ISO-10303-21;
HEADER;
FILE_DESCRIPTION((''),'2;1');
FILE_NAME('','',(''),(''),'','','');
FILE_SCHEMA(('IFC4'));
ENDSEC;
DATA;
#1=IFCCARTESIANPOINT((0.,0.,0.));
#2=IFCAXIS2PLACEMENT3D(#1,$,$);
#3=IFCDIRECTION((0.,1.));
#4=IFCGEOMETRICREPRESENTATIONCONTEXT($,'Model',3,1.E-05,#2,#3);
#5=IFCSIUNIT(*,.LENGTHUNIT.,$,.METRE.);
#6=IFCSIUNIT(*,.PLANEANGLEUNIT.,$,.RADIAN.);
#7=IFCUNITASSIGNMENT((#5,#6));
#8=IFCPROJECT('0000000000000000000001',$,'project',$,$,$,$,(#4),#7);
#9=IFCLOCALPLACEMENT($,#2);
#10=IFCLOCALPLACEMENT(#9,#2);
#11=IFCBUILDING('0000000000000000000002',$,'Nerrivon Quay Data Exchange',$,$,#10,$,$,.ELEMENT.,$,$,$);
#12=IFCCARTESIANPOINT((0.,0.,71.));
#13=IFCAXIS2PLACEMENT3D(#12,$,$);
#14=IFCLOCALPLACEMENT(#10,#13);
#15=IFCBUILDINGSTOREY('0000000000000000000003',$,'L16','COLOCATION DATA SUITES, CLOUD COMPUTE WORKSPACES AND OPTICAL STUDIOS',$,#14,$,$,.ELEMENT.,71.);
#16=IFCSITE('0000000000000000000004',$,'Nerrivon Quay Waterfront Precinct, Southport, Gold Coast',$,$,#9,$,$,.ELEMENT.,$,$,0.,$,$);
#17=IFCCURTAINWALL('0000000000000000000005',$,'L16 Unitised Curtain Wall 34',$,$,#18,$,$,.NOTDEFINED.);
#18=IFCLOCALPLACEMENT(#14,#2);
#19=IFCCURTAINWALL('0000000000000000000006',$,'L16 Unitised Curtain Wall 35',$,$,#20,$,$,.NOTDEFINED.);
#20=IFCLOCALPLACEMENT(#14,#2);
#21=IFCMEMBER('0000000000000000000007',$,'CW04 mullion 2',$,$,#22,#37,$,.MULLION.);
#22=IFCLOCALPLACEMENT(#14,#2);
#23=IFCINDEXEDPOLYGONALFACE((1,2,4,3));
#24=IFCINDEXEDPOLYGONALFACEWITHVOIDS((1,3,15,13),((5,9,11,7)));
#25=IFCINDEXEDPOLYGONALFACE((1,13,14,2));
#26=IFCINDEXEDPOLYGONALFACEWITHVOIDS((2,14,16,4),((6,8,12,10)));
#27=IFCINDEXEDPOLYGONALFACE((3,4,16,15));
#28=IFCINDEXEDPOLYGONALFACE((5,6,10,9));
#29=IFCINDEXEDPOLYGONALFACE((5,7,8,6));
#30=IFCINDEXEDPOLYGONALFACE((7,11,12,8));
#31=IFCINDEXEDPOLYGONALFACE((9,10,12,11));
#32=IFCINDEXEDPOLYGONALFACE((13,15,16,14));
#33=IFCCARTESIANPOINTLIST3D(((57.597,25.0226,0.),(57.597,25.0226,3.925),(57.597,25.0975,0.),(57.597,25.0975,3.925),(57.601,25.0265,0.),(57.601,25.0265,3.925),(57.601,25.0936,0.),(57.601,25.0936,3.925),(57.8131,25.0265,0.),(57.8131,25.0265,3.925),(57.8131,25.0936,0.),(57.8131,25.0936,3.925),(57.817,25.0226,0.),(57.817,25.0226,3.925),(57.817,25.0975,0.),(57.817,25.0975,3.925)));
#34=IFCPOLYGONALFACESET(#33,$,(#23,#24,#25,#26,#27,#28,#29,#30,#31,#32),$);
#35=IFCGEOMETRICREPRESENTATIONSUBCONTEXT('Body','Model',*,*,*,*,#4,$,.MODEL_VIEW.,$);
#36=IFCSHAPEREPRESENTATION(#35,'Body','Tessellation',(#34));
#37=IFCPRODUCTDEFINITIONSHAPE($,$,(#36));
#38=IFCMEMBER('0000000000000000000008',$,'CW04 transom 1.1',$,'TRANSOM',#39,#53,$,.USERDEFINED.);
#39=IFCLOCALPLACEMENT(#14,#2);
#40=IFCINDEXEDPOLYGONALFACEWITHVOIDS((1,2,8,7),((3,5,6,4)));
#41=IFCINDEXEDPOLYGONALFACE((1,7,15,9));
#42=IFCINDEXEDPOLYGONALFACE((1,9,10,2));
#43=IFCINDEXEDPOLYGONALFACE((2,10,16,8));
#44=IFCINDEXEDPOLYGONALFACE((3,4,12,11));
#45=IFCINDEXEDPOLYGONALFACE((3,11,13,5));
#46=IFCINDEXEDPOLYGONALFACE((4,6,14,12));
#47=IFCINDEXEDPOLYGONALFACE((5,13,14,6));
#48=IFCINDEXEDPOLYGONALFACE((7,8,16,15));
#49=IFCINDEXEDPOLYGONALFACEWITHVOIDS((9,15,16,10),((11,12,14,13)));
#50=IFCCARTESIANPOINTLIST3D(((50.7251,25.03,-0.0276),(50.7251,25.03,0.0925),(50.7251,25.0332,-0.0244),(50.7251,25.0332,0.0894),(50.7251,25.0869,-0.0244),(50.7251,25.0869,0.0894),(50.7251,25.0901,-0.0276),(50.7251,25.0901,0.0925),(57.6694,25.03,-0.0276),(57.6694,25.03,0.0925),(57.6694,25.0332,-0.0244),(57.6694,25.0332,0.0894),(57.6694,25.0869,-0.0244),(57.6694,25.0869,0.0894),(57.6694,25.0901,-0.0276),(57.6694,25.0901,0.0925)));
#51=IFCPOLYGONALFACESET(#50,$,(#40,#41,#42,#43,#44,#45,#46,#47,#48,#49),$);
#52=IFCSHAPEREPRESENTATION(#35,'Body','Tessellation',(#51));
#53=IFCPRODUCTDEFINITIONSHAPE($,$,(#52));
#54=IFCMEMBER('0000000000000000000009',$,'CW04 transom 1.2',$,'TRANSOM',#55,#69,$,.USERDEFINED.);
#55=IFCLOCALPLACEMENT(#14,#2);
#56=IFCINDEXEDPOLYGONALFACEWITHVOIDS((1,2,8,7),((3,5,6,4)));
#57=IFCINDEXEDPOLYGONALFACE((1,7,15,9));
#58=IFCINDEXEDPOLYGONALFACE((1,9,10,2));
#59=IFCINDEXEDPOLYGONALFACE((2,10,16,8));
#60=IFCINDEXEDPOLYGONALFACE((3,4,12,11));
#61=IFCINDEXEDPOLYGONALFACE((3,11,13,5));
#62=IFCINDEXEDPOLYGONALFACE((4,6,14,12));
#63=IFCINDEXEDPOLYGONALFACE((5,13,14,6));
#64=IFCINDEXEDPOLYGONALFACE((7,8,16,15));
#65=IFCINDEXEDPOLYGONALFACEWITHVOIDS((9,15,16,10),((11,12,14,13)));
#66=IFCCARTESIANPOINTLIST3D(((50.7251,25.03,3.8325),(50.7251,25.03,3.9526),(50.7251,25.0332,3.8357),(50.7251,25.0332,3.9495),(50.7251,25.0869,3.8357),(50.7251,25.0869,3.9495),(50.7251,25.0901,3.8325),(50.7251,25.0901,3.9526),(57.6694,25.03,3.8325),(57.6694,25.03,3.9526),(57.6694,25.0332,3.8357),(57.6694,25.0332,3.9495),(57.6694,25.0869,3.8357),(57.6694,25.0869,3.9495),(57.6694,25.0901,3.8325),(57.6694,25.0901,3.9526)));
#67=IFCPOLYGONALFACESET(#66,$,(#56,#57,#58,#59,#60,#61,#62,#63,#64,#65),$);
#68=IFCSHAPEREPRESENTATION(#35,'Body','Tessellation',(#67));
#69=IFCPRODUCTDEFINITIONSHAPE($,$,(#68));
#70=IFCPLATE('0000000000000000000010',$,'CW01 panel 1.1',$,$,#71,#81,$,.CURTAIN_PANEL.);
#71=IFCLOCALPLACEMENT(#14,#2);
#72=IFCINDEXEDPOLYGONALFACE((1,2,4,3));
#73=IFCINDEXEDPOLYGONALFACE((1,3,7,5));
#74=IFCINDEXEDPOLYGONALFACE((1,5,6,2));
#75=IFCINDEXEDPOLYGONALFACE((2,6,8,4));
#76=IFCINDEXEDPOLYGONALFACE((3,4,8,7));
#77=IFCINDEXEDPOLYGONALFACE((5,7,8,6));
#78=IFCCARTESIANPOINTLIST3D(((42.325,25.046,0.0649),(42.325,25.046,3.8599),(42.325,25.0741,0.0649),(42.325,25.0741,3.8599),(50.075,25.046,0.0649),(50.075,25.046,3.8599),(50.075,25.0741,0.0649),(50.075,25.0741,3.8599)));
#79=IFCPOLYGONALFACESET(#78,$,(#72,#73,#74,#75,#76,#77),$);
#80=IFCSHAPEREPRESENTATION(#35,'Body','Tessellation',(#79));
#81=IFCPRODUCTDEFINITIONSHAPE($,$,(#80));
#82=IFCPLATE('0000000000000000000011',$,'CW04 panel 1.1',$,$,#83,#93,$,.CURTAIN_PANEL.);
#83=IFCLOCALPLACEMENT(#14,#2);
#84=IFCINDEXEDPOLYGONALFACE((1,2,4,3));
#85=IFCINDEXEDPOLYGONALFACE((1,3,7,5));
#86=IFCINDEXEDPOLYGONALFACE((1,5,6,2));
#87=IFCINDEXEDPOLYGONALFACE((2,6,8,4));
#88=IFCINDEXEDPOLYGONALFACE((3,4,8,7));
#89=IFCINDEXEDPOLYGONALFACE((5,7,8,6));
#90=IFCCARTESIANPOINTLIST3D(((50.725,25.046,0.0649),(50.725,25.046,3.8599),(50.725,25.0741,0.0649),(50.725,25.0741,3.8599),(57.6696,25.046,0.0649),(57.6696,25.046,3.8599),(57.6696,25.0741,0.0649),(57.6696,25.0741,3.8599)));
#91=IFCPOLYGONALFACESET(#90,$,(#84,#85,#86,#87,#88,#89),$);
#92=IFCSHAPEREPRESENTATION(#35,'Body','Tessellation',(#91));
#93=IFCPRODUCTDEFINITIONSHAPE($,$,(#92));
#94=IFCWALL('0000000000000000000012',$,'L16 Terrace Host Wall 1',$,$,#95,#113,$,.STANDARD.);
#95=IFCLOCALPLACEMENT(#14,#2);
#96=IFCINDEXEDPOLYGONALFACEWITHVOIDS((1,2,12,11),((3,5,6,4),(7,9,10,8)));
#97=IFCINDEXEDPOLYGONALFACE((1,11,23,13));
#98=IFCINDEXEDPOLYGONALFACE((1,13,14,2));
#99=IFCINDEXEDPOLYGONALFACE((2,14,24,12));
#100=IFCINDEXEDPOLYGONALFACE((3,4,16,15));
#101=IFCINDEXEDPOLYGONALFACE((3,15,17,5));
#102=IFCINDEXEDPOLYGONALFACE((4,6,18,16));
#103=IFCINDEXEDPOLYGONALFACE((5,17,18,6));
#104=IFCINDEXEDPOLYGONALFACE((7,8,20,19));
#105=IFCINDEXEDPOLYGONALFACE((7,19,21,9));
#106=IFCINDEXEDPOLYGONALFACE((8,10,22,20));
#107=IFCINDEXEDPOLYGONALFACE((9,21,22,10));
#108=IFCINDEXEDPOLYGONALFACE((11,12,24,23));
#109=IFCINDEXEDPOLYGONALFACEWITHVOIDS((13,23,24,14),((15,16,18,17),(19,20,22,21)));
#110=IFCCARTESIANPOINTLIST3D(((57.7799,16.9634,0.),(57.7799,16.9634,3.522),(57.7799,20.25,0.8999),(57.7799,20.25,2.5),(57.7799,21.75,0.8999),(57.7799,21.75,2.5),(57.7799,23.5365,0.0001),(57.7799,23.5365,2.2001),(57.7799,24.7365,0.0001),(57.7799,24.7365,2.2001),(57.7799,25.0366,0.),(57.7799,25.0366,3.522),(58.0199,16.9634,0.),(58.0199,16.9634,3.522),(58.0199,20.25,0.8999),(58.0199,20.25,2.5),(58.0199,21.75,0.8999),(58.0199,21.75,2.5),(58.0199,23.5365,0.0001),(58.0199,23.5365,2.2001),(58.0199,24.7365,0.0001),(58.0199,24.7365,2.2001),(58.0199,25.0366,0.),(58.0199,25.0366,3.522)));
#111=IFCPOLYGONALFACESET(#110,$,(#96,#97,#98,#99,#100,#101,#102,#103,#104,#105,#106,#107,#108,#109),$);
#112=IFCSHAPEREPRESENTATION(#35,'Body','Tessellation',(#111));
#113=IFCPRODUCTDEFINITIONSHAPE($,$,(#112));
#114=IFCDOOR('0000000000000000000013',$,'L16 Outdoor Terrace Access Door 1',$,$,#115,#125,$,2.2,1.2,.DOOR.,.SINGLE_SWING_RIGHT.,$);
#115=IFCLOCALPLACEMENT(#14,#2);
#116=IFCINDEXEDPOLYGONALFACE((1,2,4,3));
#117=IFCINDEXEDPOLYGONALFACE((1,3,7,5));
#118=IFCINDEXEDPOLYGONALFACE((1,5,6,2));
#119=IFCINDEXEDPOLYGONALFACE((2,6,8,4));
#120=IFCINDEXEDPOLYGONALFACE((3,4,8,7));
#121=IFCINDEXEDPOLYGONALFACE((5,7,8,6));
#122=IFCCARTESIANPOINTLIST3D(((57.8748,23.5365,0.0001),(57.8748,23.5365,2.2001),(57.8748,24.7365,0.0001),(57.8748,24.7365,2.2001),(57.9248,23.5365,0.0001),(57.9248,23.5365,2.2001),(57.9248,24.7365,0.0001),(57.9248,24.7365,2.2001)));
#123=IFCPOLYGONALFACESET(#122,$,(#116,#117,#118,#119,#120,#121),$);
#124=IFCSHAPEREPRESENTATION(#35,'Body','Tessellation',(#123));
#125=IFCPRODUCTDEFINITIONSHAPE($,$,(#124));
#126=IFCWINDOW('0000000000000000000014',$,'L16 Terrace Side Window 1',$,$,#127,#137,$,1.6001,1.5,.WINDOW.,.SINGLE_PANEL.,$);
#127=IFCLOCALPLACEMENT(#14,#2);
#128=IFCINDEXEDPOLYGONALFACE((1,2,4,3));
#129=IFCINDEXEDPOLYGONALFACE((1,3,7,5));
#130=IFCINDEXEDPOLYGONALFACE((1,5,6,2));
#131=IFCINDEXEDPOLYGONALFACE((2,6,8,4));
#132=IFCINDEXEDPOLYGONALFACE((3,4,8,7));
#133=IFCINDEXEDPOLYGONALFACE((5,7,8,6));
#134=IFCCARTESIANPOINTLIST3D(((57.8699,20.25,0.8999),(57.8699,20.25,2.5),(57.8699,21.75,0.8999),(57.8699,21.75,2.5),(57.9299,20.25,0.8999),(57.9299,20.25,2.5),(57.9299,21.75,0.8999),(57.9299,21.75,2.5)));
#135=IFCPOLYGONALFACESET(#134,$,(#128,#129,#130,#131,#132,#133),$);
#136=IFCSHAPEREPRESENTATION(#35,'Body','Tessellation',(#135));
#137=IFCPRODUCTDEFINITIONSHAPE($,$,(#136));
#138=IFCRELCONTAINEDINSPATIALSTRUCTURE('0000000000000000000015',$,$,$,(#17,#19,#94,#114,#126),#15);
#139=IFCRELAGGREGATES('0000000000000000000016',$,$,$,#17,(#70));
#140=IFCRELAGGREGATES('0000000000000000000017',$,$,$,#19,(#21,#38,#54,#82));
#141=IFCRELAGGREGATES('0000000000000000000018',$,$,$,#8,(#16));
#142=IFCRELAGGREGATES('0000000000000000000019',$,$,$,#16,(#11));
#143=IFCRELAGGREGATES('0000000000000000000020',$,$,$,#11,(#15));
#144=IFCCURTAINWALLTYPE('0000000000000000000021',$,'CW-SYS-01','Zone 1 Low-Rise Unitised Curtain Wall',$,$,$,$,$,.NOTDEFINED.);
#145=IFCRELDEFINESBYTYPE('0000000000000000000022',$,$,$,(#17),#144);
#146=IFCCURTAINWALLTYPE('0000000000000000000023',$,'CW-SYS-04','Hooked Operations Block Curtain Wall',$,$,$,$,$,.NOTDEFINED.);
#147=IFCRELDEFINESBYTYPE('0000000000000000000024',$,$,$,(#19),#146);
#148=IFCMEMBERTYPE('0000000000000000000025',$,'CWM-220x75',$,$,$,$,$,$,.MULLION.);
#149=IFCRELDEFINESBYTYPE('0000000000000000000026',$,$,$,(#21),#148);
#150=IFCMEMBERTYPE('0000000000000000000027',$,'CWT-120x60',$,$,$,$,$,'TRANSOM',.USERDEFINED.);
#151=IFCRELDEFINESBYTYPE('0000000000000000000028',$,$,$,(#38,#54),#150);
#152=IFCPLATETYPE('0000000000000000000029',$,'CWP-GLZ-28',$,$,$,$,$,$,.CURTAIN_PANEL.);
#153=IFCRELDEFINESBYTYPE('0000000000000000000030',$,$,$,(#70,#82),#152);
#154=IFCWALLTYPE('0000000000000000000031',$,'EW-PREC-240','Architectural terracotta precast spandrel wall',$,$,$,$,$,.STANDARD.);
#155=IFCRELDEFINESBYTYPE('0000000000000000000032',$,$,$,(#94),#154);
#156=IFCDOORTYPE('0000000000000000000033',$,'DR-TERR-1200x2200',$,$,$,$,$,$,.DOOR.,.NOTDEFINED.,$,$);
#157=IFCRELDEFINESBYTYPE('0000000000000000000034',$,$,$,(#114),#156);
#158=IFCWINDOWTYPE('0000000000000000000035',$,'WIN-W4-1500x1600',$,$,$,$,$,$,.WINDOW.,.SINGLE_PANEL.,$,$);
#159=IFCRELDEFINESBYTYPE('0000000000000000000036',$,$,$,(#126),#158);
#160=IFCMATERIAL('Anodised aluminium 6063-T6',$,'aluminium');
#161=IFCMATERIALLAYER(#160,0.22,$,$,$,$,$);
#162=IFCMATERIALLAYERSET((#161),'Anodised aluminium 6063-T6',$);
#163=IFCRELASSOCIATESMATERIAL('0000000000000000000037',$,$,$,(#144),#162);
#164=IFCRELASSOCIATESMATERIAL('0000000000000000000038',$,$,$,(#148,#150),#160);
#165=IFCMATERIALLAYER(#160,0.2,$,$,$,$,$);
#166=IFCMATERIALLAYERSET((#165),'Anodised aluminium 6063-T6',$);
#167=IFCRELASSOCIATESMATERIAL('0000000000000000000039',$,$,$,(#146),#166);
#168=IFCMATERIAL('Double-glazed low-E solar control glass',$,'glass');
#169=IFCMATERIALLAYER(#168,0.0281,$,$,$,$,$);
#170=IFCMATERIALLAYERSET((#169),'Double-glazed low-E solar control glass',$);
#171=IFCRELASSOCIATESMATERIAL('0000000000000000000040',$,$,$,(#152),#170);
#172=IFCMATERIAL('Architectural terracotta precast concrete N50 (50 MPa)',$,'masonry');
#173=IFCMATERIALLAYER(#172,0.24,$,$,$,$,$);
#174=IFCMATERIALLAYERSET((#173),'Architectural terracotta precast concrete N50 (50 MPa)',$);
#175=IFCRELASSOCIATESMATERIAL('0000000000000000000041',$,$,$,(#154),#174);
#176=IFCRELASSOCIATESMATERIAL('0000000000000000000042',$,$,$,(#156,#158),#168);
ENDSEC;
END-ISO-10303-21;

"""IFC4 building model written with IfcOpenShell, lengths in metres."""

from ifc_helpers import new_model, si_unit, direction, frame, frame_2d, origin, origin_2d, place, context, subcontext, project, spatial, rectangle, hollow_rectangle, extrude, material, layer, layer_set, material_profile, profile_set, type_object, element, fill, aggregate, save


model = new_model("IFC4")

# Units and contexts
model_context = context("Model", 3, precision=1e-05, world=origin(), true_north=direction((0.0, 1.0)))
body_context = subcontext(model_context, "Body", "Model", "MODEL_VIEW")
ifc_project = project(units=[si_unit("LENGTHUNIT", "METRE"), si_unit("PLANEANGLEUNIT", "RADIAN")], contexts=[model_context])

# Site, building, storey
site_placement = place(None, origin())
site = spatial("IfcSite", under=ifc_project, at=site_placement, Name="Nerrivon Quay Waterfront Precinct, Southport, Gold Coast", CompositionType="ELEMENT", RefElevation=0.0)
building_placement = place(site_placement, origin())
building = spatial("IfcBuilding", under=site, at=building_placement, Name="Nerrivon Quay Data Exchange", CompositionType="ELEMENT")
storey_placement = place(building_placement, frame((0.0, 0.0, 71.0)))
storey = spatial("IfcBuildingStorey", under=building, at=storey_placement, Name="L16", Description="COLOCATION DATA SUITES, CLOUD COMPUTE WORKSPACES AND OPTICAL STUDIOS", CompositionType="ELEMENT", Elevation=71.0)

# Curtain wall
ifc_material_1 = material(Name="Anodised aluminium 6063-T6", Category="aluminium")
ifc_layer_1 = layer(ifc_material_1, 0.22)
ifc_layer_set_1 = layer_set([ifc_layer_1], Name="Anodised aluminium 6063-T6")
curtain_wall_type_1 = type_object("IfcCurtainWallType", Name="CW-SYS-01", Description="Zone 1 Low-Rise Unitised Curtain Wall", PredefinedType="NOTDEFINED", material=ifc_layer_set_1)
curtain_wall_1_placement = place(storey_placement, origin())
curtain_wall_1 = element("IfcCurtainWall", 1, at=curtain_wall_1_placement, inside=storey, type_object=curtain_wall_type_1, Name="L16 Unitised Curtain Wall 34", PredefinedType="NOTDEFINED")
ifc_material_profile_1 = material_profile(ifc_material_1, hollow_rectangle(XDim=0.075, YDim=0.22, WallThickness=0.0039, at=origin_2d()), Name="ALU-MULL-220x75")
ifc_profile_set_1 = profile_set([ifc_material_profile_1], Name="Anodised aluminium 6063-T6")
member_type_1 = type_object("IfcMemberType", Name="CWM-220x75", PredefinedType="MULLION", material=ifc_profile_set_1)

# Curtain wall, members
ifc_layer_2 = layer(ifc_material_1, 0.2)
ifc_layer_set_2 = layer_set([ifc_layer_2], Name="Anodised aluminium 6063-T6")
curtain_wall_type_2 = type_object("IfcCurtainWallType", Name="CW-SYS-04", Description="Hooked Operations Block Curtain Wall", PredefinedType="NOTDEFINED", material=ifc_layer_set_2)
curtain_wall_2_placement = place(storey_placement, origin())
curtain_wall_2 = element("IfcCurtainWall", 2, at=curtain_wall_2_placement, inside=storey, type_object=curtain_wall_type_2, Name="L16 Unitised Curtain Wall 35", PredefinedType="NOTDEFINED")
member_1_placement = place(storey_placement, frame((57.707, 25.0601, 0.0), z_axis=(0.0, 0.0, 1.0), x_axis=(0.0, 1.0, 0.0)))
member_1 = element("IfcMember", 3, at=member_1_placement, type_object=member_type_1, Name="CW04 mullion 2", PredefinedType="MULLION", context=body_context, shape_type="SweptSolid", body=[
    extrude(hollow_rectangle(XDim=0.075, YDim=0.22, WallThickness=0.0039, at=origin_2d()), origin(), (0.0, 0.0, 1.0), 3.925),
])
ifc_material_profile_2 = material_profile(ifc_material_1, hollow_rectangle(XDim=0.0601, YDim=0.1201, WallThickness=0.0032, at=origin_2d()), Name="ALU-TRAN-120x60")
ifc_profile_set_2 = profile_set([ifc_material_profile_2], Name="Anodised aluminium 6063-T6")
member_type_2 = type_object("IfcMemberType", Name="CWT-120x60", ElementType="TRANSOM", PredefinedType="USERDEFINED", material=ifc_profile_set_2)
member_2_placement = place(storey_placement, frame((50.7251, 25.0601, 0.0325), z_axis=(1.0, 0.0, 0.0), x_axis=(0.0, 1.0, 0.0)))
member_2 = element("IfcMember", 4, at=member_2_placement, type_object=member_type_2, Name="CW04 transom 1.1", ObjectType="TRANSOM", PredefinedType="USERDEFINED", context=body_context, shape_type="SweptSolid", body=[
    extrude(hollow_rectangle(XDim=0.0601, YDim=0.1201, WallThickness=0.0032, at=origin_2d()), origin(), (0.0, 0.0, 1.0), 6.9443),
])
member_3_placement = place(storey_placement, frame((50.7251, 25.0601, 3.8926), z_axis=(1.0, 0.0, 0.0), x_axis=(0.0, 1.0, 0.0)))
member_3 = element("IfcMember", 5, at=member_3_placement, type_object=member_type_2, Name="CW04 transom 1.2", ObjectType="TRANSOM", PredefinedType="USERDEFINED", context=body_context, shape_type="SweptSolid", body=[
    extrude(hollow_rectangle(XDim=0.0601, YDim=0.1201, WallThickness=0.0032, at=origin_2d()), origin(), (0.0, 0.0, 1.0), 6.9443),
])

# Plates
ifc_material_2 = material(Name="Double-glazed low-E solar control glass", Category="glass")
ifc_layer_3 = layer(ifc_material_2, 0.0281)
ifc_layer_set_3 = layer_set([ifc_layer_3], Name="Double-glazed low-E solar control glass")
plate_type = type_object("IfcPlateType", Name="CWP-GLZ-28", PredefinedType="CURTAIN_PANEL", material=ifc_layer_set_3)
plate_1_placement = place(storey_placement, frame((46.2, 25.0601, 0.0649), z_axis=(0.0, 0.0, 1.0), x_axis=(1.0, 0.0, 0.0)))
plate_1 = element("IfcPlate", 6, at=plate_1_placement, type_object=plate_type, Name="CW01 panel 1.1", PredefinedType="CURTAIN_PANEL", context=body_context, shape_type="SweptSolid", body=[
    extrude(rectangle(XDim=7.75, YDim=0.0281, at=origin_2d()), origin(), (0.0, 0.0, 1.0), 3.7949),
])
aggregate(curtain_wall_1, [plate_1])
plate_2_placement = place(storey_placement, frame((54.1973, 25.0601, 0.0649), z_axis=(0.0, 0.0, 1.0), x_axis=(1.0, 0.0, 0.0)))
plate_2 = element("IfcPlate", 7, at=plate_2_placement, type_object=plate_type, Name="CW04 panel 1.1", PredefinedType="CURTAIN_PANEL", context=body_context, shape_type="SweptSolid", body=[
    extrude(rectangle(XDim=6.9446, YDim=0.0281, at=origin_2d()), origin(), (0.0, 0.0, 1.0), 3.7949),
])
aggregate(curtain_wall_2, [member_1, member_2, member_3, plate_2])

# Wall, openings, door, window
ifc_material_3 = material(Name="Architectural terracotta precast concrete N50 (50 MPa)", Category="masonry")
ifc_layer_4 = layer(ifc_material_3, 0.24)
ifc_layer_set_4 = layer_set([ifc_layer_4], Name="Architectural terracotta precast concrete N50 (50 MPa)")
wall_type_1 = type_object("IfcWallType", Name="EW-PREC-240", Description="Architectural terracotta precast spandrel wall", PredefinedType="STANDARD", material=ifc_layer_set_4)
wall_1_placement = place(storey_placement, frame((57.8999, 25.0366, 0.0), z_axis=(0.0, 0.0, 1.0), x_axis=(0.0, -1.0, 0.0)))
wall_1 = element("IfcWall", 8, at=wall_1_placement, inside=storey, type_object=wall_type_1, Name="L16 Terrace Host Wall 1", PredefinedType="STANDARD", context=body_context, shape_type="SweptSolid", body=[
    extrude(rectangle(XDim=8.0732, YDim=0.24, at=frame_2d((4.0366, 0.0))), origin(), (0.0, 0.0, 1.0), 3.522),
])
opening_1_placement = place(wall_1_placement, frame((0.3, 0.0, 0.0)))
opening_1 = element("IfcOpeningElement", 9, at=opening_1_placement, cuts=wall_1, PredefinedType="OPENING", context=body_context, shape_type="SweptSolid", body=[
    extrude(rectangle(XDim=1.2, YDim=2.2, at=frame_2d((0.6001, 1.1001))), frame((0.0, 0.1299, 0.0), z_axis=(0.0, -1.0, 0.0), x_axis=(1.0, 0.0, 0.0)), (0.0, 0.0, 1.0), 0.26),
])
opening_2_placement = place(wall_1_placement, frame((3.2866, 0.0, 0.8999)))
opening_2 = element("IfcOpeningElement", 10, at=opening_2_placement, cuts=wall_1, PredefinedType="OPENING", context=body_context, shape_type="SweptSolid", body=[
    extrude(rectangle(XDim=1.5, YDim=1.6001, at=frame_2d((0.75, 0.8))), frame((0.0, 0.1299, 0.0), z_axis=(0.0, -1.0, 0.0), x_axis=(1.0, 0.0, 0.0)), (0.0, 0.0, 1.0), 0.26),
])
door_type = type_object("IfcDoorType", Name="DR-TERR-1200x2200", OperationType="NOTDEFINED", PredefinedType="DOOR", material=ifc_material_2)
door_1_placement = place(opening_1_placement, origin())
door_1 = element("IfcDoor", 11, at=door_1_placement, inside=storey, type_object=door_type, Name="L16 Outdoor Terrace Access Door 1", OperationType="SINGLE_SWING_RIGHT", OverallHeight=2.2, OverallWidth=1.2, PredefinedType="DOOR", context=body_context, shape_type="SweptSolid", body=[
    extrude(rectangle(XDim=1.2, YDim=2.2, at=frame_2d((0.6001, 1.1001))), frame((0.0, 0.0249, 0.0), z_axis=(0.0, -1.0, 0.0), x_axis=(1.0, 0.0, 0.0)), (0.0, 0.0, 1.0), 0.05),
])
fill(opening_1, door_1)
window_type_1 = type_object("IfcWindowType", Name="WIN-W4-1500x1600", PartitioningType="SINGLE_PANEL", PredefinedType="WINDOW", material=ifc_material_2)
window_1_placement = place(opening_2_placement, origin())
window_1 = element("IfcWindow", 12, at=window_1_placement, inside=storey, type_object=window_type_1, Name="L16 Terrace Side Window 1", OverallHeight=1.6001, OverallWidth=1.5, PartitioningType="SINGLE_PANEL", PredefinedType="WINDOW", context=body_context, shape_type="SweptSolid", body=[
    extrude(rectangle(XDim=1.5, YDim=1.6001, at=frame_2d((0.75, 0.8))), frame((0.0, 0.03, 0.0), z_axis=(0.0, -1.0, 0.0), x_axis=(1.0, 0.0, 0.0)), (0.0, 0.0, 1.0), 0.0601),
])
fill(opening_2, window_1)

save(model, "model.ifc")
